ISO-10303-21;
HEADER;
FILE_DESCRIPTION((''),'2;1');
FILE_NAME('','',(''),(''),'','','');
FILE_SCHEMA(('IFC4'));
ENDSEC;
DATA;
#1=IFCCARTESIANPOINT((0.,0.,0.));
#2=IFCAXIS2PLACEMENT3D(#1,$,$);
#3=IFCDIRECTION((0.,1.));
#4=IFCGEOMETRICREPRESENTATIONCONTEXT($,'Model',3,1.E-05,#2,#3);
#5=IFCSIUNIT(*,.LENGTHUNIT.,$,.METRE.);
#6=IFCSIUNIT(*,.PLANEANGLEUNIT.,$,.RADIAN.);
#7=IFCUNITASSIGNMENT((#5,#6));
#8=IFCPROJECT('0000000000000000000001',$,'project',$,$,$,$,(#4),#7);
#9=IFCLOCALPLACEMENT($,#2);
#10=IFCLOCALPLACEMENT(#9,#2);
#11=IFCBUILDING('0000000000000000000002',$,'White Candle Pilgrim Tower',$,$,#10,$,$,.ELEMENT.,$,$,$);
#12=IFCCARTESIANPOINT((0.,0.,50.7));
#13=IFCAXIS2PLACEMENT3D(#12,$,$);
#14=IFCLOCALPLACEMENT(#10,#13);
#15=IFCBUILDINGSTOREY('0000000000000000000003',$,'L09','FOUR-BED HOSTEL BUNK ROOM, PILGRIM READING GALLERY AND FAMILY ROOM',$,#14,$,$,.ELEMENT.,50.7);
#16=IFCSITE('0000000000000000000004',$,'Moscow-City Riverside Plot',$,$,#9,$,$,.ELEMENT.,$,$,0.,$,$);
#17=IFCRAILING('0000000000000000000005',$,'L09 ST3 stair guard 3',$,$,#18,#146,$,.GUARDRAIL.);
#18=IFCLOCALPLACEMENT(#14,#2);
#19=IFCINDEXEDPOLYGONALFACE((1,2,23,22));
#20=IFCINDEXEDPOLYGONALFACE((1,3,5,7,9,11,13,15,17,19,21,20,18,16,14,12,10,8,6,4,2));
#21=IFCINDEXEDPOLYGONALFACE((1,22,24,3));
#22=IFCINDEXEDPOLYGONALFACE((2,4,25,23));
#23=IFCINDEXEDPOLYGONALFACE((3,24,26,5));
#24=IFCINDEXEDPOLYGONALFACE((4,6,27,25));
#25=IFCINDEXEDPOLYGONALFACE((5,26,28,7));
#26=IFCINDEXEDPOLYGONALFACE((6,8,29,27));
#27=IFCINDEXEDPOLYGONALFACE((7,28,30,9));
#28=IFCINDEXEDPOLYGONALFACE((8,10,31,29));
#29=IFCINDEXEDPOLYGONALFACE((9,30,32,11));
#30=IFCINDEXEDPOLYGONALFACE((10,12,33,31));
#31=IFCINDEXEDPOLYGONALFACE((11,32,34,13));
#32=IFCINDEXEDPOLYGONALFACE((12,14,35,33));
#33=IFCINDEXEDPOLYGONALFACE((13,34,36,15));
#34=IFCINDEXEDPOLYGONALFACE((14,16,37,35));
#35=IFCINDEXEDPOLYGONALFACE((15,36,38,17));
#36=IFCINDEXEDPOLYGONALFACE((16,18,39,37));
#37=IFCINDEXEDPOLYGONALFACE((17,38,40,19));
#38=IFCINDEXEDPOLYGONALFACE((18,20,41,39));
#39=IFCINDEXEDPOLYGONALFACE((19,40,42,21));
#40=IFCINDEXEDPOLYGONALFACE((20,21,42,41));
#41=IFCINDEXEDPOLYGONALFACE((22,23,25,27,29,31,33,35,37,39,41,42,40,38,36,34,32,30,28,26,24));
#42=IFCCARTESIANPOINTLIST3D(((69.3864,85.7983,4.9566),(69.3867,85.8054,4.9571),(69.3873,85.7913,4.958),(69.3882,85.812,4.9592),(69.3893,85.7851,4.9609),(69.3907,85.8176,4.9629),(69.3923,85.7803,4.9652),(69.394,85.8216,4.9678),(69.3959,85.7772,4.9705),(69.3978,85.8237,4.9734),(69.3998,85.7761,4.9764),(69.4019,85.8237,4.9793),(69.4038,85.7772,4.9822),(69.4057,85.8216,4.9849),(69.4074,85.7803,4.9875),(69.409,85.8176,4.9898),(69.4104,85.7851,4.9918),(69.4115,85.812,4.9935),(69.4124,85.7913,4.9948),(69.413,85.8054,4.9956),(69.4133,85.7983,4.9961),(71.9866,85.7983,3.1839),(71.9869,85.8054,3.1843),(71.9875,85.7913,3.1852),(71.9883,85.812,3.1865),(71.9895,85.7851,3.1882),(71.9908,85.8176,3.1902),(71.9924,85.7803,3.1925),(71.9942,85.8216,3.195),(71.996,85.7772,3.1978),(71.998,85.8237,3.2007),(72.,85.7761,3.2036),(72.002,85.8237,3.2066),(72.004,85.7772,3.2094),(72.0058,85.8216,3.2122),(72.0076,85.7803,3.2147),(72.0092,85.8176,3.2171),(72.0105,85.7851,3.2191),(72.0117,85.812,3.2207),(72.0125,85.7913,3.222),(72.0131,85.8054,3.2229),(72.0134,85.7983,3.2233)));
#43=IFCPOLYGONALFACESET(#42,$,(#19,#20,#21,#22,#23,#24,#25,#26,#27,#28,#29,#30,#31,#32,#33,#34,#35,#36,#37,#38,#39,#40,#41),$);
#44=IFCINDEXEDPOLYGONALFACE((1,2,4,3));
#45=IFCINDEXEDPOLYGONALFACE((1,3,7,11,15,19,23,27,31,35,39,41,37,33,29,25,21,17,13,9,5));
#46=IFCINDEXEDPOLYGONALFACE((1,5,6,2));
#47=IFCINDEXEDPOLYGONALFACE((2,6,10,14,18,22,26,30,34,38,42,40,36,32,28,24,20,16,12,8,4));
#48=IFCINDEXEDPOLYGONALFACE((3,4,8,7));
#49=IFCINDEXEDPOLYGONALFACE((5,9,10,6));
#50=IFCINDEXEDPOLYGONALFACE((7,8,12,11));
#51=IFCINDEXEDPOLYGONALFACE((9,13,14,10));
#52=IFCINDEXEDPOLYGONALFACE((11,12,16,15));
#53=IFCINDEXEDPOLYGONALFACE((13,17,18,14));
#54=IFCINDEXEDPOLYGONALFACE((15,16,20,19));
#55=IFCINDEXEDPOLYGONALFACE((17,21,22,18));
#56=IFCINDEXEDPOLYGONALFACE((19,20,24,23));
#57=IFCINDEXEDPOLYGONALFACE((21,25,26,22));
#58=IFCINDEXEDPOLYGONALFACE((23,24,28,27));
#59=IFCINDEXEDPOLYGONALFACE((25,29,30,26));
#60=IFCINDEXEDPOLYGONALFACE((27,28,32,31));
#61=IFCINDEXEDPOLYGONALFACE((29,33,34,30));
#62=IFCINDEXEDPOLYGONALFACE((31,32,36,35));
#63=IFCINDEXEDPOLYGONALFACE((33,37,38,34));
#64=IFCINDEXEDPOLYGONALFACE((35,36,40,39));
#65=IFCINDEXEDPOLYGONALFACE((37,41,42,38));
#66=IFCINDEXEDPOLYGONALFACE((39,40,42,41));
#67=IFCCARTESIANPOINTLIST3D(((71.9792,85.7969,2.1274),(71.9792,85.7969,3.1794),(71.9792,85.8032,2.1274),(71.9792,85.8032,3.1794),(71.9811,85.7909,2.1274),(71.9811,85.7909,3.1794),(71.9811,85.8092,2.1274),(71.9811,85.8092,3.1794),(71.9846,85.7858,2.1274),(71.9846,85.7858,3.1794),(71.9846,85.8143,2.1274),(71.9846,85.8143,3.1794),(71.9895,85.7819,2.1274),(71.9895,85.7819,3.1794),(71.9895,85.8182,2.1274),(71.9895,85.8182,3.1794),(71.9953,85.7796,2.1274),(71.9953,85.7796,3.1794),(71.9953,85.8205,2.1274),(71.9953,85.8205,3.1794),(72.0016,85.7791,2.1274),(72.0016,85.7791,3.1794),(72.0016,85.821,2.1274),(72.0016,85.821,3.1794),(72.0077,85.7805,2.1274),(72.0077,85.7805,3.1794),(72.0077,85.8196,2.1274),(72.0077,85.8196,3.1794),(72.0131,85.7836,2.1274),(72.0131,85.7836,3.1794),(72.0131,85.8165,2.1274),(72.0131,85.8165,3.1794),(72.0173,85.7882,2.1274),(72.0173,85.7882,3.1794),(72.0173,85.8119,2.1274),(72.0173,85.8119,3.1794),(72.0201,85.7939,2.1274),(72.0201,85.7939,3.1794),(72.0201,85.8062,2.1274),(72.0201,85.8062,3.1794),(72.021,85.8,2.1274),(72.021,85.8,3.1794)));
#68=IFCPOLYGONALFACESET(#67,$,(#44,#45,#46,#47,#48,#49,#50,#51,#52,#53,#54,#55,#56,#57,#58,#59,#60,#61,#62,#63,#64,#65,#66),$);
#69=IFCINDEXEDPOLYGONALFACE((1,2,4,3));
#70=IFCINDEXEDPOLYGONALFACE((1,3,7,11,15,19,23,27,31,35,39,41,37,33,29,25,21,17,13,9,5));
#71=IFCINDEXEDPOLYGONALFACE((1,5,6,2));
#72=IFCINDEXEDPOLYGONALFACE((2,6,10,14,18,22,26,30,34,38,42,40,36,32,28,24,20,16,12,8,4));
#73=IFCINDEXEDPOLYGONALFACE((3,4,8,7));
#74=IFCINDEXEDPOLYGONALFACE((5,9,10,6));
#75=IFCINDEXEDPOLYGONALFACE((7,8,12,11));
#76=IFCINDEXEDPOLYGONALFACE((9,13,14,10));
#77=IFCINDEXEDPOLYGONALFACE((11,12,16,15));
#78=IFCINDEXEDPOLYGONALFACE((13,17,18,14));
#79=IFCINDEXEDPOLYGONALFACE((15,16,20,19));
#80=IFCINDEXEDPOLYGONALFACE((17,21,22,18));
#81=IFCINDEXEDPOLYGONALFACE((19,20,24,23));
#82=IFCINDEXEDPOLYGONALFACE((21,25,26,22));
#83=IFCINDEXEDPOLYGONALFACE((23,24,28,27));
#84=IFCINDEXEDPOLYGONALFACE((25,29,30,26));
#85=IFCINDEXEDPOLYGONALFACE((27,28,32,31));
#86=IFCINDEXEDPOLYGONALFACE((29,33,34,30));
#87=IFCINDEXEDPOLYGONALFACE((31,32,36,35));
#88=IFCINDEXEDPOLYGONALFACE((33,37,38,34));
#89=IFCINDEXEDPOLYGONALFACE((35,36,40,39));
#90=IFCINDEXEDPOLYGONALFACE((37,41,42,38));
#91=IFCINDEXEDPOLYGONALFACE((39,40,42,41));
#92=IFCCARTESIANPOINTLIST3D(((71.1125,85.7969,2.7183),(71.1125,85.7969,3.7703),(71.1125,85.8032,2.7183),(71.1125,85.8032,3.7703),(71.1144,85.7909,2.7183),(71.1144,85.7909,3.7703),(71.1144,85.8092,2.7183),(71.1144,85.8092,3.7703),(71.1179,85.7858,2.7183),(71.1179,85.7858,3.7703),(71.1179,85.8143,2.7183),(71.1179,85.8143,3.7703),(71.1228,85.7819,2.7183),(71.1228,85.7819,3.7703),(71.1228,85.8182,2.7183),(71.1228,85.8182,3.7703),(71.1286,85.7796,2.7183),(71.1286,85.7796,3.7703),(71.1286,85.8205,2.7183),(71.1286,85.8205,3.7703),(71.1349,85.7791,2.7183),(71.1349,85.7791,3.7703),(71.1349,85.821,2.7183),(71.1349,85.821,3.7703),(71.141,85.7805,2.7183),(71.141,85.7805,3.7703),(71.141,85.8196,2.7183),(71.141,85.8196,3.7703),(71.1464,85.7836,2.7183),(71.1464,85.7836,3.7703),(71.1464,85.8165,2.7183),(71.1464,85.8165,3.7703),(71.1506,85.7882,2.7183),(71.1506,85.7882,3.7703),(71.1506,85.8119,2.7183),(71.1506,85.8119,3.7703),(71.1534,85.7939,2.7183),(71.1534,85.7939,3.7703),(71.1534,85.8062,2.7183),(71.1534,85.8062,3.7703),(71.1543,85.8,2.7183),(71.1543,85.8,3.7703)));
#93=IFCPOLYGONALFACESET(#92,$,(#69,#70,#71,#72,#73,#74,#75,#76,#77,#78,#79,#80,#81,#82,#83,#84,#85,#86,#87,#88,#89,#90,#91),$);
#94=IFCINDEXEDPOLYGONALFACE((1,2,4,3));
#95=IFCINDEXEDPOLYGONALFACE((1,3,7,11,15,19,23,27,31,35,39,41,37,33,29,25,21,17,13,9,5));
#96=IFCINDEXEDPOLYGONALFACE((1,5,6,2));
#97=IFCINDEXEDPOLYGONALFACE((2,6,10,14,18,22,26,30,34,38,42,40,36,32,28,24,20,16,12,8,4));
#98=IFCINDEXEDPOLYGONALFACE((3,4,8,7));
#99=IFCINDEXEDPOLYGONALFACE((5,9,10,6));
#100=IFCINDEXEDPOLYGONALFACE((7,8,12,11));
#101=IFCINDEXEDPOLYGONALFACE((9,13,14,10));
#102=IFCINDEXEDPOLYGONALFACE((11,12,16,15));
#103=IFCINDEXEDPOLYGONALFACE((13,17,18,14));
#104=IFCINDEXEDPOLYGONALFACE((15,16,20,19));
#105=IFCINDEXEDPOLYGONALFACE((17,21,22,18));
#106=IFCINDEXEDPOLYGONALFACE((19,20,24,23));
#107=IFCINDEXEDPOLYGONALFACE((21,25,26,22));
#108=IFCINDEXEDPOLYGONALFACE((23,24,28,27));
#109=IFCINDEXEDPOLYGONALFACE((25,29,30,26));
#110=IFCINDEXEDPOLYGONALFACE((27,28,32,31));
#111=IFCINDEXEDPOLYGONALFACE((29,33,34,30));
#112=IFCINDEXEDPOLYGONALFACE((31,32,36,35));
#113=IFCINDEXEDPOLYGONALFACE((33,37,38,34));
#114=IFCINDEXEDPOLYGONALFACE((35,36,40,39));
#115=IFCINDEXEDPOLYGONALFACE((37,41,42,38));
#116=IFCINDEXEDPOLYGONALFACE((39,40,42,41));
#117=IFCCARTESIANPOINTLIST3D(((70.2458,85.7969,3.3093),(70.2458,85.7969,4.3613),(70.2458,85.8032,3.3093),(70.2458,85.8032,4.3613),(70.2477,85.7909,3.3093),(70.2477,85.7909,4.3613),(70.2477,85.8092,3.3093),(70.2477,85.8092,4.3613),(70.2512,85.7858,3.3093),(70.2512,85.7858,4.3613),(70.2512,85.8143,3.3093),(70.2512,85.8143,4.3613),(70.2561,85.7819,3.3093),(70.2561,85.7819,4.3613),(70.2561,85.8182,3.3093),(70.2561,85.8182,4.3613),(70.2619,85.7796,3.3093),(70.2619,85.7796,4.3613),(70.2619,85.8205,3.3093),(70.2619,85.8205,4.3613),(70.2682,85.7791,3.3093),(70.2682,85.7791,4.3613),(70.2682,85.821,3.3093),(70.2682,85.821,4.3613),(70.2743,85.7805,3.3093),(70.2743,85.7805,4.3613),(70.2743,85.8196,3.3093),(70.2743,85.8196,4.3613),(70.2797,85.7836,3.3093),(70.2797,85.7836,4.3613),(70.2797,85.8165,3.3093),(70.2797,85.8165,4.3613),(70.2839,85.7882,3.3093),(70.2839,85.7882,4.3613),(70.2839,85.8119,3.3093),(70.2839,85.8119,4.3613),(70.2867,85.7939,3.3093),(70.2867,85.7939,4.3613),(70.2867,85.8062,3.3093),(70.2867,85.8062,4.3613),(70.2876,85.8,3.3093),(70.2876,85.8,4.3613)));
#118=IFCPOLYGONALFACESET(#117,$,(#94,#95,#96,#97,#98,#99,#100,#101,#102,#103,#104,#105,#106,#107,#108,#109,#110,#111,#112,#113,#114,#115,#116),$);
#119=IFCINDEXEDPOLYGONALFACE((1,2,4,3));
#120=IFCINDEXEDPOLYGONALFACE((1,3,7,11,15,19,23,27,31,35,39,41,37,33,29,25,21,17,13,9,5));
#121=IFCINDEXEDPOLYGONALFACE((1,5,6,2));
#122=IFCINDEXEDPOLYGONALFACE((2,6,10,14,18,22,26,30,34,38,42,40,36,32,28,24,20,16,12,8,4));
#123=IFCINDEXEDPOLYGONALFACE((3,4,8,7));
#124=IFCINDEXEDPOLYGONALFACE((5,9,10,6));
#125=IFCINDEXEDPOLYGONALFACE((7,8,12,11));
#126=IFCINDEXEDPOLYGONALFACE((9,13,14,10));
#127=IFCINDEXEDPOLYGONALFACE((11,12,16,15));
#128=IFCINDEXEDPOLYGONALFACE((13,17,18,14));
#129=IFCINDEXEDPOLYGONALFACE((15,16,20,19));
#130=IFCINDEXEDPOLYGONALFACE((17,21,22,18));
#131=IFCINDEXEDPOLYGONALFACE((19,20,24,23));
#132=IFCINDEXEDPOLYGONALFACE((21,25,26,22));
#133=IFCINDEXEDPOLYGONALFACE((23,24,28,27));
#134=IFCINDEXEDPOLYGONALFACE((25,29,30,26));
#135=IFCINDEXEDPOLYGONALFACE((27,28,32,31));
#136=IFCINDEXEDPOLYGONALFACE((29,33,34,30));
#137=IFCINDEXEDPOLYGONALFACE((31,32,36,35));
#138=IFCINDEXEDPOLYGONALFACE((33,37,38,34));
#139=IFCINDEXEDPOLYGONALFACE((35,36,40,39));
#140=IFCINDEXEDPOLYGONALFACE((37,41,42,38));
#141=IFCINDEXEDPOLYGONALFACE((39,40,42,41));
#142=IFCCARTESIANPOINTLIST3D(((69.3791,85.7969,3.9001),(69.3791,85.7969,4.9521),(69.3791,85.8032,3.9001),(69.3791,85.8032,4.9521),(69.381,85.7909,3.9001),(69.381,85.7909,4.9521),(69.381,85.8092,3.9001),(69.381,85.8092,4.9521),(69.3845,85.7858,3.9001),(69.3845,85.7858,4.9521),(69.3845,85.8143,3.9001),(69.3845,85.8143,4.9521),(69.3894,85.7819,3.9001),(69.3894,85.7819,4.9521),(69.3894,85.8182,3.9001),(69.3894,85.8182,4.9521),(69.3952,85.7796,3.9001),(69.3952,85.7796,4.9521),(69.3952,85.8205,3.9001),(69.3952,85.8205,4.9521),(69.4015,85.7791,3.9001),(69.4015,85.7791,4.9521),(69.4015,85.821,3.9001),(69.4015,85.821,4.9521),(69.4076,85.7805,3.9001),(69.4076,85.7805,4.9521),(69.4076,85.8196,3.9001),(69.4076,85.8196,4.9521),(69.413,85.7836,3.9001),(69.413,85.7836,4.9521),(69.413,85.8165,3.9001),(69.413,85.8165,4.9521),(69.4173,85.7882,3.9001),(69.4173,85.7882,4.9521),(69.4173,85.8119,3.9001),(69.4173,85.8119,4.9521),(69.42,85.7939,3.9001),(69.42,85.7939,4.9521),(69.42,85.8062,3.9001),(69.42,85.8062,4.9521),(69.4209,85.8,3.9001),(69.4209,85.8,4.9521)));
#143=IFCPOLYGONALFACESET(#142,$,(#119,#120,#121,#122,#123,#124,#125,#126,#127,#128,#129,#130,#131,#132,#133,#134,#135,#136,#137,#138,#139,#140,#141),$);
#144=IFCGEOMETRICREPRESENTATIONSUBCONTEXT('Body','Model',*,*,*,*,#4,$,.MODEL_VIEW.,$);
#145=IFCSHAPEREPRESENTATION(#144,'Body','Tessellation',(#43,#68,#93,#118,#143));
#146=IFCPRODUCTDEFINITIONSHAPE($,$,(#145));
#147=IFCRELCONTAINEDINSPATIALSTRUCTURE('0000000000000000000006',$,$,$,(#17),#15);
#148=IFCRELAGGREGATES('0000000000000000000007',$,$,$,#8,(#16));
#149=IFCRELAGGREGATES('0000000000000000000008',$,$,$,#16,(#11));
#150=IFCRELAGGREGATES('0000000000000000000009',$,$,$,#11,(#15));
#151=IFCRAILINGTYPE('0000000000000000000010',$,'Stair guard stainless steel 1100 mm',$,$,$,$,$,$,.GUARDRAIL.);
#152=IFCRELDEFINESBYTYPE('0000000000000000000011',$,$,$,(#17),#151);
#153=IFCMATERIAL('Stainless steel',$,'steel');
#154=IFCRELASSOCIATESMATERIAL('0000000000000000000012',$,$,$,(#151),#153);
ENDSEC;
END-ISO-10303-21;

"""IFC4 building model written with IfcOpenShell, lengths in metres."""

from ifc_helpers import new_model, si_unit, direction, frame, origin, origin_2d, place, context, subcontext, project, spatial, circle, extrude, material, type_object, element, save


model = new_model("IFC4")

# Units and contexts
model_context = context("Model", 3, precision=1e-05, world=origin(), true_north=direction((0.0, 1.0)))
body_context = subcontext(model_context, "Body", "Model", "MODEL_VIEW")
ifc_project = project(units=[si_unit("LENGTHUNIT", "METRE"), si_unit("PLANEANGLEUNIT", "RADIAN")], contexts=[model_context])

# Site, building, storey
site_placement = place(None, origin())
site = spatial("IfcSite", under=ifc_project, at=site_placement, Name="Moscow-City Riverside Plot", CompositionType="ELEMENT", RefElevation=0.0)
building_placement = place(site_placement, origin())
building = spatial("IfcBuilding", under=site, at=building_placement, Name="White Candle Pilgrim Tower", CompositionType="ELEMENT")
storey_placement = place(building_placement, frame((0.0, 0.0, 50.7)))
storey = spatial("IfcBuildingStorey", under=building, at=storey_placement, Name="L09", Description="FOUR-BED HOSTEL BUNK ROOM, PILGRIM READING GALLERY AND FAMILY ROOM", CompositionType="ELEMENT", Elevation=50.7)

# Railing
ifc_material_1 = material(Name="Stainless steel", Category="steel")
railing_type_1 = type_object("IfcRailingType", Name="Stair guard stainless steel 1100 mm", PredefinedType="GUARDRAIL", material=ifc_material_1)
railing_1_placement = place(storey_placement, frame((72.0, 85.8, 2.1274)))
element("IfcRailing", 1, at=railing_1_placement, inside=storey, type_object=railing_type_1, Name="L09 ST3 stair guard 3", PredefinedType="GUARDRAIL", context=body_context, shape_type="SweptSolid", body=[
    extrude(circle(Radius=0.0239, at=origin_2d()), frame((0.0, 0.0, 1.0762), z_axis=(-0.82624, 0.0, 0.563318), x_axis=(0.0, -1.0, 0.0)), (0.0, 0.0, 1.0), 3.147),
    extrude(circle(Radius=0.021, at=origin_2d()), origin(), (0.0, 0.0, 1.0), 1.052),
    extrude(circle(Radius=0.021, at=origin_2d()), frame((-0.8667, 0.0, 0.5908)), (0.0, 0.0, 1.0), 1.052),
    extrude(circle(Radius=0.021, at=origin_2d()), frame((-1.7334, 0.0, 1.1819)), (0.0, 0.0, 1.0), 1.052),
    extrude(circle(Radius=0.021, at=origin_2d()), frame((-2.6001, 0.0, 1.7727)), (0.0, 0.0, 1.0), 1.052),
])

save(model, "model.ifc")
